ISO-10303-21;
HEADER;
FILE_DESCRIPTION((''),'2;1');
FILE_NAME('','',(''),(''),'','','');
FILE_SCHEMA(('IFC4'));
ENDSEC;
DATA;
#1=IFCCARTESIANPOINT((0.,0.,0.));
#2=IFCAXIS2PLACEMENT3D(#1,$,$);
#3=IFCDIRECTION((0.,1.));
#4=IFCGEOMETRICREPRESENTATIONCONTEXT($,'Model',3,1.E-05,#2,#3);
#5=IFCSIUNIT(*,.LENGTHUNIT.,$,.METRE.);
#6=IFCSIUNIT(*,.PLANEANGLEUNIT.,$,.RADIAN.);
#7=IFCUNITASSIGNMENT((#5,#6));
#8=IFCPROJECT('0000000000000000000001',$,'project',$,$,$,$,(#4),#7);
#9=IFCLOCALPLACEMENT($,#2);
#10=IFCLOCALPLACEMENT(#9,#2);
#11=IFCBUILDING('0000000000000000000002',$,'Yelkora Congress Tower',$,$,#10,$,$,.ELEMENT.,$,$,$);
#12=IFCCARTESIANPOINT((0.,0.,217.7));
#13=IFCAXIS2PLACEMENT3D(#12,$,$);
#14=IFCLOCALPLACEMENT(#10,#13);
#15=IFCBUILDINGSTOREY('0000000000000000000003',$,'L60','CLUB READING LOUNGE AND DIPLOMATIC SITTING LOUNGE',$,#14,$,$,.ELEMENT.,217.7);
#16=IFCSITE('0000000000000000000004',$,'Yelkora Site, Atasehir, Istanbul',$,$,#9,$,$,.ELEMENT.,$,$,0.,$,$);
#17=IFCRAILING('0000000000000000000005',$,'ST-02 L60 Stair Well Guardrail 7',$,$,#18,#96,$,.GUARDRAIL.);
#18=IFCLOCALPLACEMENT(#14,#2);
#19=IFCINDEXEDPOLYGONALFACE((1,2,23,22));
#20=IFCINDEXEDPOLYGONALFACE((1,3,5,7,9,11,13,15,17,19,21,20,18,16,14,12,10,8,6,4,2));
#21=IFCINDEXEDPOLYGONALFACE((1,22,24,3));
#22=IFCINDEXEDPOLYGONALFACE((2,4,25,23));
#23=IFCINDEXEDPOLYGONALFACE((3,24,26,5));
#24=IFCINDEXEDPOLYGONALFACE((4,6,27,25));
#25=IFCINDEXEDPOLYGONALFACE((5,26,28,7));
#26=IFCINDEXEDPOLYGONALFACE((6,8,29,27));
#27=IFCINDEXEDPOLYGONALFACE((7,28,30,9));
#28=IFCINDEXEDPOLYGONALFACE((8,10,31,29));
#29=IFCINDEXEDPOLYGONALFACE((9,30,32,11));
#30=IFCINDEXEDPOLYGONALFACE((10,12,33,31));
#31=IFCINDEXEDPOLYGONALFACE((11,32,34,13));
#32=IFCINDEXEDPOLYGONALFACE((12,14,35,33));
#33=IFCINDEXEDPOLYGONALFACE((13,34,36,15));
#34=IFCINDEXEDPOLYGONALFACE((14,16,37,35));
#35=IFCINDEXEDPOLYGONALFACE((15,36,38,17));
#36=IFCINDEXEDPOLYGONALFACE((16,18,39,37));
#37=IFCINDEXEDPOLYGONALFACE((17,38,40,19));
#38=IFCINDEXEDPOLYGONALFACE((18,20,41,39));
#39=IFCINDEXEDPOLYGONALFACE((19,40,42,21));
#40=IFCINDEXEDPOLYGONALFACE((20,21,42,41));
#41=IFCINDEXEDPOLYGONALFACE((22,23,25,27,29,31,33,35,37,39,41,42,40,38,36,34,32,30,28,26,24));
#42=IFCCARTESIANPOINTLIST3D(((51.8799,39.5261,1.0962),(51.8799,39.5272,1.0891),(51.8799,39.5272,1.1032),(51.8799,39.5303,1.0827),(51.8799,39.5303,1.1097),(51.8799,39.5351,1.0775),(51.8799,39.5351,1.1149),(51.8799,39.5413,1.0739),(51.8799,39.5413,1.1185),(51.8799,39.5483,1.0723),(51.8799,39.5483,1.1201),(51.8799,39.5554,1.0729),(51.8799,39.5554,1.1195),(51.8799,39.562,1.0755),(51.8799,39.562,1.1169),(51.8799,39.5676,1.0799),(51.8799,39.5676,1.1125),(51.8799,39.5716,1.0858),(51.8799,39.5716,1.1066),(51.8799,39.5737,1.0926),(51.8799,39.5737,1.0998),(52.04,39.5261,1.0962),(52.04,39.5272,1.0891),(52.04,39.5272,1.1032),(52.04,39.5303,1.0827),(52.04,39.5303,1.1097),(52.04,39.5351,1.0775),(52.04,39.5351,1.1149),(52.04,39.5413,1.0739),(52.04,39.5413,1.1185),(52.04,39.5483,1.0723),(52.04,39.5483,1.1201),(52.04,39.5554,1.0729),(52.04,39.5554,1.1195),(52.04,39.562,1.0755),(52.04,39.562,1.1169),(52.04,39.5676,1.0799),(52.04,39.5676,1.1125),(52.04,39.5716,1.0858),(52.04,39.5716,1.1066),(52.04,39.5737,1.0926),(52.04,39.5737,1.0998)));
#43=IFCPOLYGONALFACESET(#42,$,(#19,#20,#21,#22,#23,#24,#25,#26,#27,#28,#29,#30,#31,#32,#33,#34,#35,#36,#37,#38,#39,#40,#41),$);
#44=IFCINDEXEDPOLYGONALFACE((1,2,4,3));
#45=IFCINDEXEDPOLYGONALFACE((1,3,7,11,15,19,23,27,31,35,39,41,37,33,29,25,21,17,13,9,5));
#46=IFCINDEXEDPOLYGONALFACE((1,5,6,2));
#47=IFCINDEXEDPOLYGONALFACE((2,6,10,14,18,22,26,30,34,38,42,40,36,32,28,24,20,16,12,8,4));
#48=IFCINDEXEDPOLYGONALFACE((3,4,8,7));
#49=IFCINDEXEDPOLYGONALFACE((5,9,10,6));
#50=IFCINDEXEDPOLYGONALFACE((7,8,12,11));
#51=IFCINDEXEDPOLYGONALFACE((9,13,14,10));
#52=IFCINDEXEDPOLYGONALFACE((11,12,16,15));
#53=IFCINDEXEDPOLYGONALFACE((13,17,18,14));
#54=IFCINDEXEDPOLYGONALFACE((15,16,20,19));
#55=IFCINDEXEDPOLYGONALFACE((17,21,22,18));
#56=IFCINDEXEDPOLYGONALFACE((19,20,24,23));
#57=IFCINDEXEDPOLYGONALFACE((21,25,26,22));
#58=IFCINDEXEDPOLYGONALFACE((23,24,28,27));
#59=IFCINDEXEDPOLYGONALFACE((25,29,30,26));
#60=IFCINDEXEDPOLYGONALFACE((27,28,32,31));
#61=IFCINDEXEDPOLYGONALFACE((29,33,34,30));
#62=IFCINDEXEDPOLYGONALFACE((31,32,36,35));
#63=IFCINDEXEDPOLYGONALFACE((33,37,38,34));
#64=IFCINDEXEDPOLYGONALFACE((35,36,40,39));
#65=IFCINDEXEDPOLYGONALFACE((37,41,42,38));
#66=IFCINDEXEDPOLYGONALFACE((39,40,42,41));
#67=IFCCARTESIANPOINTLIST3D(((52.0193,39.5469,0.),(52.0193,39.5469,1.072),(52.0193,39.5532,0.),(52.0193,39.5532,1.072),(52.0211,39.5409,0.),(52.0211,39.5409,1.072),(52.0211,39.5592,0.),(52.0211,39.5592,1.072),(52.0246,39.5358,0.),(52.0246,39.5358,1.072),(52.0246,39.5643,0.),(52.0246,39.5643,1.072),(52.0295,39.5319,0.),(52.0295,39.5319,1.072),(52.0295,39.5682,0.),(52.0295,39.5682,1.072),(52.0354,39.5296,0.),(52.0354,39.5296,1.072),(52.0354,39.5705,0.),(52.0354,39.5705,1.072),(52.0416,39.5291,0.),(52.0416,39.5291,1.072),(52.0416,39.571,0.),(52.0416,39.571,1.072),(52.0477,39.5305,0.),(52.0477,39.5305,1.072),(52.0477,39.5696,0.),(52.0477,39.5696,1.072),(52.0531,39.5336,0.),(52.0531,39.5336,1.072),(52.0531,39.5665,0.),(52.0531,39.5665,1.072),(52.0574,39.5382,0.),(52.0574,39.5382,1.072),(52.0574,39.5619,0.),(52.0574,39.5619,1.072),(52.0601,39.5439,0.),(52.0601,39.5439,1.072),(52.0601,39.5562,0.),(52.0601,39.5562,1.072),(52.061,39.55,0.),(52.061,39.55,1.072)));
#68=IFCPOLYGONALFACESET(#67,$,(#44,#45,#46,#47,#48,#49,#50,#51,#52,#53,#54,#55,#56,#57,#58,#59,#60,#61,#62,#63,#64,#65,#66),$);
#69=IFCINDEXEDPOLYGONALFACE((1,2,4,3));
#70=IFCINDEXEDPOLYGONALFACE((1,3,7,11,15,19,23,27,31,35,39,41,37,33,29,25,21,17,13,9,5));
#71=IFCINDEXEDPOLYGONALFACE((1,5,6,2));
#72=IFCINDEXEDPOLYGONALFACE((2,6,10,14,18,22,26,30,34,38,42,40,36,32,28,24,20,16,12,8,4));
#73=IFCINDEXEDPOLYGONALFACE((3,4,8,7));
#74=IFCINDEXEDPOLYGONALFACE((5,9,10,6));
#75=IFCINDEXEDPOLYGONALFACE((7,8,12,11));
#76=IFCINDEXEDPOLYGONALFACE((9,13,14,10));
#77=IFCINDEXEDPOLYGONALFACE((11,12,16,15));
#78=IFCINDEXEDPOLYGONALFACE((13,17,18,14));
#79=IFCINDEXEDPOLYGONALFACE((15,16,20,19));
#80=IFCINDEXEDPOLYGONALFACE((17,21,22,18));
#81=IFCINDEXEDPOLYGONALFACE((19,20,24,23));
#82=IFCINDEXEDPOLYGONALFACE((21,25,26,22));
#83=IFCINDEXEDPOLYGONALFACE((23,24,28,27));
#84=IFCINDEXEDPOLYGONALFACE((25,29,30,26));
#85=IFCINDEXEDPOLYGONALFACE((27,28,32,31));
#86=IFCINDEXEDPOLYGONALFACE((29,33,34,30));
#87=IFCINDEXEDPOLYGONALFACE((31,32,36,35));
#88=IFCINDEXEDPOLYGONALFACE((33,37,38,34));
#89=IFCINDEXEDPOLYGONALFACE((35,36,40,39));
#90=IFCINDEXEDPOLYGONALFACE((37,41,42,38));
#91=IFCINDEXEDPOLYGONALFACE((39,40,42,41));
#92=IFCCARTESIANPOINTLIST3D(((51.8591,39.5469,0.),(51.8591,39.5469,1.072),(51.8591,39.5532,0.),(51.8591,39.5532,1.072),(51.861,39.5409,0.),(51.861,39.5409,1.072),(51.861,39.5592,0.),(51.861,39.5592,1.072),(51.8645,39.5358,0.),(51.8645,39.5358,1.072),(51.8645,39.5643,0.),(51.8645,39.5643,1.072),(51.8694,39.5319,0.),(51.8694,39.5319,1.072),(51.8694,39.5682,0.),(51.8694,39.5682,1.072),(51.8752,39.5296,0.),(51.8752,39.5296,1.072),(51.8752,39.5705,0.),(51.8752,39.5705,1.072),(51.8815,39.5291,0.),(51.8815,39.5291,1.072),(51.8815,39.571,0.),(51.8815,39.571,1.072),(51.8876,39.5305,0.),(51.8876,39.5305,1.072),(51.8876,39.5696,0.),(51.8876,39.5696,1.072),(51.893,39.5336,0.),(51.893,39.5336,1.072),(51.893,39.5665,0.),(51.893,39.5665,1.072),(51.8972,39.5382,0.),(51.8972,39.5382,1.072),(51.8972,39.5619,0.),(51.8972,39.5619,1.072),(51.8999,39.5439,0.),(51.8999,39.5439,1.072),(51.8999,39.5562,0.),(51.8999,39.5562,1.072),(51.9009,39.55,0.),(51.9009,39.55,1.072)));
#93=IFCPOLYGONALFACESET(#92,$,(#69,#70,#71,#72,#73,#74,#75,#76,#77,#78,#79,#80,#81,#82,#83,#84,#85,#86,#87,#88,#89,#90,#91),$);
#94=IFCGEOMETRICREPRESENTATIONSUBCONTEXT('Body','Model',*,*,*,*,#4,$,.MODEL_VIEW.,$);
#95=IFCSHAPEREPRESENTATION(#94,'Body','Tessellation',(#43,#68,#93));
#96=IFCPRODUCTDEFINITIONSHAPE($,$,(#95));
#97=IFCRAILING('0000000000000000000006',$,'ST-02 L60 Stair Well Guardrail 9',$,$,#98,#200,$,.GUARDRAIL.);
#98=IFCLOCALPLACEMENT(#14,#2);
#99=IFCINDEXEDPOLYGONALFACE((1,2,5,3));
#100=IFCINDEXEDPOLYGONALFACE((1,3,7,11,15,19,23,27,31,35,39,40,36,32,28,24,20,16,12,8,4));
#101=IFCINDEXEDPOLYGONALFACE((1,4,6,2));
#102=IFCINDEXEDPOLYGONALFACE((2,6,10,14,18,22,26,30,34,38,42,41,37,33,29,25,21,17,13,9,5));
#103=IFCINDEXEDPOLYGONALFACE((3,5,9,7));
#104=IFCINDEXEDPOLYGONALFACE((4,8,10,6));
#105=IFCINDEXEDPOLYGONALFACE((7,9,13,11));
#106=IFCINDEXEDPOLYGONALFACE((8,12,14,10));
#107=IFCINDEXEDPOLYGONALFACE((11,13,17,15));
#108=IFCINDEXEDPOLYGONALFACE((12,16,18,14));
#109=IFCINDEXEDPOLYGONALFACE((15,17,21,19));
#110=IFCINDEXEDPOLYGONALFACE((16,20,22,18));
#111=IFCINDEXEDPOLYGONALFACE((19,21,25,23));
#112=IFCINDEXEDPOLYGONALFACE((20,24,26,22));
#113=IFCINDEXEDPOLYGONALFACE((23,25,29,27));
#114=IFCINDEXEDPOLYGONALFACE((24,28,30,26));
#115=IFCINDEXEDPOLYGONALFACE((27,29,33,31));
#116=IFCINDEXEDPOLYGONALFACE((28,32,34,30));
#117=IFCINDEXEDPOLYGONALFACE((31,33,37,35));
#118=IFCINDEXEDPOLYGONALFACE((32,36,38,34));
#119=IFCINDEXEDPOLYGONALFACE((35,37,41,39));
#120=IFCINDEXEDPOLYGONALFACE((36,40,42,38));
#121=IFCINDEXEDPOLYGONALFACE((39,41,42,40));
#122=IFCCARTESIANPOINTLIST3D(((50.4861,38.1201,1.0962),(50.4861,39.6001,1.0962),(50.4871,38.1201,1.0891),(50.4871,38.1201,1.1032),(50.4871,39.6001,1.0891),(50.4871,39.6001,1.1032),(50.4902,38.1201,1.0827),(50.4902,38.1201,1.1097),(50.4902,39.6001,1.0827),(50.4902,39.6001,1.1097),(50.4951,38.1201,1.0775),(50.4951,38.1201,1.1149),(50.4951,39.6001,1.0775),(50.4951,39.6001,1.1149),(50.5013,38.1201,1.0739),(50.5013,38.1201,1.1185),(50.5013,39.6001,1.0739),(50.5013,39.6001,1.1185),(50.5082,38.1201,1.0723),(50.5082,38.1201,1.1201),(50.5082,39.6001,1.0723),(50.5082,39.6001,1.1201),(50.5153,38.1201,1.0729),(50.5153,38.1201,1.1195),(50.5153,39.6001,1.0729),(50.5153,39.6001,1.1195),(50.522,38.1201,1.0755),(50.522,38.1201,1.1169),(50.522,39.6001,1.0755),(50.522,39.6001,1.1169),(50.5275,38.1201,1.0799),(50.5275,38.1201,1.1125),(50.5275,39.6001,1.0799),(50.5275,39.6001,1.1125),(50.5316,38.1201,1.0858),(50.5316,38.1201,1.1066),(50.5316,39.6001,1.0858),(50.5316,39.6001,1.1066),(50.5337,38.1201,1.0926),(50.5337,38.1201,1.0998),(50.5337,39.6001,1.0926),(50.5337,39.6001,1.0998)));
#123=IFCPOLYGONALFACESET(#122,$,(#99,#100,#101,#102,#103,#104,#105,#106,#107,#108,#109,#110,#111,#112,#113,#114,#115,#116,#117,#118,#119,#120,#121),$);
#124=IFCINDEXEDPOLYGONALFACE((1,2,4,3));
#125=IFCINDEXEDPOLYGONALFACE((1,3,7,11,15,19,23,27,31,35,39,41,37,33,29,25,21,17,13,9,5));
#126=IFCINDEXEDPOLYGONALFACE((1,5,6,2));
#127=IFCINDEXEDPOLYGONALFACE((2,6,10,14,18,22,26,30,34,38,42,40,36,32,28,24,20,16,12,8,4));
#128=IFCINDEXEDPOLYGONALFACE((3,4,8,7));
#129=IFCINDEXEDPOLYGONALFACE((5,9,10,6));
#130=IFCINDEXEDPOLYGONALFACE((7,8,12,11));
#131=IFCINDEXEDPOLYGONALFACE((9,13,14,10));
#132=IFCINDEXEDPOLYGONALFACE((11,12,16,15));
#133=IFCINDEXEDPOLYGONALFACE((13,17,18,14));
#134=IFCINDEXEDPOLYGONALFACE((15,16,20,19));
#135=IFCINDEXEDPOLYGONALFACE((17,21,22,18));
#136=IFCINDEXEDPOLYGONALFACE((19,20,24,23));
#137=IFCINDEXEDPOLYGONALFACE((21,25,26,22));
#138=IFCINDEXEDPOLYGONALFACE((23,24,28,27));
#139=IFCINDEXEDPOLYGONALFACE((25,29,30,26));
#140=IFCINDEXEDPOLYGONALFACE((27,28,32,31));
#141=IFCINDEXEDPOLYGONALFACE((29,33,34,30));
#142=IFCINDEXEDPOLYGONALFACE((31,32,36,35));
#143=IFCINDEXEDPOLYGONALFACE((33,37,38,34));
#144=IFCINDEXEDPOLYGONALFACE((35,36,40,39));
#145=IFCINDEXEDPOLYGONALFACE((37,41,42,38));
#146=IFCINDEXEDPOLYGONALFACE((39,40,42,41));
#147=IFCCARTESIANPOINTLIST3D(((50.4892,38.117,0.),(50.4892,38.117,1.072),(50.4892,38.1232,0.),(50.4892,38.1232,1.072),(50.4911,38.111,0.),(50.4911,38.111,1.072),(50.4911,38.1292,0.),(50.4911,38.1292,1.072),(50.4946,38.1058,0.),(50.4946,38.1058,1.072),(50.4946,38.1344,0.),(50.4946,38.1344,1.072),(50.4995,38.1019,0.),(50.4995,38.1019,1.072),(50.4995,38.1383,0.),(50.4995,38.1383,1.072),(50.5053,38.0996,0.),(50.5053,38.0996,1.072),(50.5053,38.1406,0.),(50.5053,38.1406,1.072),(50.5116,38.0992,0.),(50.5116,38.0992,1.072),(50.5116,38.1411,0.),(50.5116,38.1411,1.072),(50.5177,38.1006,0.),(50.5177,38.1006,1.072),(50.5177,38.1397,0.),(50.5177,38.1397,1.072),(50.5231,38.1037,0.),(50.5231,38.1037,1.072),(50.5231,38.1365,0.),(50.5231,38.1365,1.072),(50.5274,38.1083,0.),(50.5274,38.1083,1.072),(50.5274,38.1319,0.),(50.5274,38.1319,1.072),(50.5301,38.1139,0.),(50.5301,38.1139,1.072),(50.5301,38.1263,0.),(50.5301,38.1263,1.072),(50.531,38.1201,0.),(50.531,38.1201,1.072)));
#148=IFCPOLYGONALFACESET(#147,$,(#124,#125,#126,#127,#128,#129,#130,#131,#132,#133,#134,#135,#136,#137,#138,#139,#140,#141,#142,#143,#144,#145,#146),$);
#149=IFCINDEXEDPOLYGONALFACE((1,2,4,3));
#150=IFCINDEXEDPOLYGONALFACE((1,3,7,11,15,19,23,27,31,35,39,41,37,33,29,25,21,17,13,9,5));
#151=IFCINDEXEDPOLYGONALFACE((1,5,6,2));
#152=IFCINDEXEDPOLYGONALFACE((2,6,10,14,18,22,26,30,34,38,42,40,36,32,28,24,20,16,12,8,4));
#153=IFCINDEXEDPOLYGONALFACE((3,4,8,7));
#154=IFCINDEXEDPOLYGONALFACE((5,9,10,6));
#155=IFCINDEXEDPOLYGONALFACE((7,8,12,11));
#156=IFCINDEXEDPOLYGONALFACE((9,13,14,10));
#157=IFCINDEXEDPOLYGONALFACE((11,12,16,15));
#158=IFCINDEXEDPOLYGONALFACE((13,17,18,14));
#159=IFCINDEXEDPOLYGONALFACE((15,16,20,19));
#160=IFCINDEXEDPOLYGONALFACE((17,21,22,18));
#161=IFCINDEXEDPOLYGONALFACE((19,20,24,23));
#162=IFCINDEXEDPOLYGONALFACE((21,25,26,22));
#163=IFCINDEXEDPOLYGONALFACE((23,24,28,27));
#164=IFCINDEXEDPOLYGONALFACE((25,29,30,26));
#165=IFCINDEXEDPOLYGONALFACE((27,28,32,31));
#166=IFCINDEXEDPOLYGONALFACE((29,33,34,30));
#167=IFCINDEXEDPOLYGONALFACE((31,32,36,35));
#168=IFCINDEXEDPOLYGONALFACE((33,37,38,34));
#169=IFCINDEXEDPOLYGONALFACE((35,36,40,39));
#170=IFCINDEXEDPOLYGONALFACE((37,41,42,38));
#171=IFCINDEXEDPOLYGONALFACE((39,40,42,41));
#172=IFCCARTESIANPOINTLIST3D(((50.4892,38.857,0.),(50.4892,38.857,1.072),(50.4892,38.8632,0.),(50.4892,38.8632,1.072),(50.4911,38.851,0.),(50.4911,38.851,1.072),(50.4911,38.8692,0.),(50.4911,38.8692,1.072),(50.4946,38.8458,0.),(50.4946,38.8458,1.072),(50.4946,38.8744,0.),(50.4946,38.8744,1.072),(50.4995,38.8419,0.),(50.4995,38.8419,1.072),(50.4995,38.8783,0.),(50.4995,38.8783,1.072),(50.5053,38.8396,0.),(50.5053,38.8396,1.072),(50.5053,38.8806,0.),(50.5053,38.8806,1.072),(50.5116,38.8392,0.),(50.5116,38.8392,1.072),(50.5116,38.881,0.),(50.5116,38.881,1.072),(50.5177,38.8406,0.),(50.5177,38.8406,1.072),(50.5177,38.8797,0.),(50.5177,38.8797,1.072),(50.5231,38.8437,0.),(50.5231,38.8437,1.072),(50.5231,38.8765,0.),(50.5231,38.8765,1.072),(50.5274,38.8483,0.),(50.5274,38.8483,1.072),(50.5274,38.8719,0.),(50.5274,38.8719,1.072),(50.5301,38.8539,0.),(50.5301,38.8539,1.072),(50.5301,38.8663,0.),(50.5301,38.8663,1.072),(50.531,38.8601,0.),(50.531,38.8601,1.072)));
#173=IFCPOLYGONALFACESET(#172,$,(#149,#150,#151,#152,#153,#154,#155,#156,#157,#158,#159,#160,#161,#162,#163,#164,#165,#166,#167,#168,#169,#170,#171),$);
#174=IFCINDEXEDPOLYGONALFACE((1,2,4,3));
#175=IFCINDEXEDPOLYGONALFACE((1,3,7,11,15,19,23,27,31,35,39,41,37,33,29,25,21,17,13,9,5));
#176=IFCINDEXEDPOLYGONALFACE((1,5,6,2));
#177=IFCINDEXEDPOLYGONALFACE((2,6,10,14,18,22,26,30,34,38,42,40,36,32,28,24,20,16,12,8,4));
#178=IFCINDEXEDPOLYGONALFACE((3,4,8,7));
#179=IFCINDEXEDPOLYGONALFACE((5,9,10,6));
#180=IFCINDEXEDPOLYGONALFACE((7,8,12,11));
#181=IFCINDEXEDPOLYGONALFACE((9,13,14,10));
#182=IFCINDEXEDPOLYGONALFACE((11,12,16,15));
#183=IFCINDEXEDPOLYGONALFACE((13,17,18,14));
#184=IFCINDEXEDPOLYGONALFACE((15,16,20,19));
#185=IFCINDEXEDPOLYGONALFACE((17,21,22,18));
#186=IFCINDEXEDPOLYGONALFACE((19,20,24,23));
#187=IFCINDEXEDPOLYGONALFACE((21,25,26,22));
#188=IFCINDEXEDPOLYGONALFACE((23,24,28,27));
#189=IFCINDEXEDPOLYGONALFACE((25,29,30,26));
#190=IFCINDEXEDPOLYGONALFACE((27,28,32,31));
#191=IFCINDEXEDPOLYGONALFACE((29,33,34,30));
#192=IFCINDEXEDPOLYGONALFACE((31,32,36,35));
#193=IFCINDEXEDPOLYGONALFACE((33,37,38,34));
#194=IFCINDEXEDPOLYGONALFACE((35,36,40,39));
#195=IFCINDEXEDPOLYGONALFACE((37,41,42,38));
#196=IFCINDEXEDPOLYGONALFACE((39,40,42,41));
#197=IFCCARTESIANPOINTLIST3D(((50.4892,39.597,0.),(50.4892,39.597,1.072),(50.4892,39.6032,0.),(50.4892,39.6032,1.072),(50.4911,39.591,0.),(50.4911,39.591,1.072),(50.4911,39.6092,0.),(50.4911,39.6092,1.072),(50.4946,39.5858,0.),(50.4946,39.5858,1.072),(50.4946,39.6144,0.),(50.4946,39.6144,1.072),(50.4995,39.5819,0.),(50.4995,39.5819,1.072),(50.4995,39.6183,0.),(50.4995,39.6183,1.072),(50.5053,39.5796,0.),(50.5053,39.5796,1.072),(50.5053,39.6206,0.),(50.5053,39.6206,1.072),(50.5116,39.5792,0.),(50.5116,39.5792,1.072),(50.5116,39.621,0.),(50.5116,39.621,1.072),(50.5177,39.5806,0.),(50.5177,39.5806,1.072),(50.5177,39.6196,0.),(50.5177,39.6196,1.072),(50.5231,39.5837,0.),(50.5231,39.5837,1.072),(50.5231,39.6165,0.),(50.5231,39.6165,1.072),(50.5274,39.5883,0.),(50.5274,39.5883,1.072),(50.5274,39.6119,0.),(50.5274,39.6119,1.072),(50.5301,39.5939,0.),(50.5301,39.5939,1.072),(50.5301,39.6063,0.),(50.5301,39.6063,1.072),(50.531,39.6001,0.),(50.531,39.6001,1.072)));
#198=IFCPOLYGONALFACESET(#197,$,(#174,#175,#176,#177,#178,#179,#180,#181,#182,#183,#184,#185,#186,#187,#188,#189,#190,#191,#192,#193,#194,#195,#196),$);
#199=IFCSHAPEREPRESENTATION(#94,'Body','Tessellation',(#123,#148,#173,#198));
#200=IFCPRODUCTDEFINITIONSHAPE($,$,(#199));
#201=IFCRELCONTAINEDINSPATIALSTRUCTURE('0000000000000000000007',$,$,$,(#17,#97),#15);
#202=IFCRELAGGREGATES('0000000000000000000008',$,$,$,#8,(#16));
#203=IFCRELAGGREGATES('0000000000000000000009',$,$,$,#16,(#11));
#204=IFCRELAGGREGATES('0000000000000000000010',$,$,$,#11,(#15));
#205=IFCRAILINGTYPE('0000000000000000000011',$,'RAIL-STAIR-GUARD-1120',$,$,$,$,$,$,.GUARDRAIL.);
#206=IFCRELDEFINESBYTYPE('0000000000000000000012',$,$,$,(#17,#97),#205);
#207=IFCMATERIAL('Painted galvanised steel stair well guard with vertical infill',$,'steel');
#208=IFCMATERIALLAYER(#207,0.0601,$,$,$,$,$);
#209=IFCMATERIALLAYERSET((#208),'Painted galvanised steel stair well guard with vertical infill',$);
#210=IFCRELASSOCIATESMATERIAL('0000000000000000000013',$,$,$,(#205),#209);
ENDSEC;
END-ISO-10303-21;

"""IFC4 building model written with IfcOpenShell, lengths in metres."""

from ifc_helpers import new_model, si_unit, direction, frame, origin, origin_2d, place, context, subcontext, project, spatial, circle, extrude, material, layer, layer_set, type_object, element, save


model = new_model("IFC4")

# Units and contexts
model_context = context("Model", 3, precision=1e-05, world=origin(), true_north=direction((0.0, 1.0)))
body_context = subcontext(model_context, "Body", "Model", "MODEL_VIEW")
ifc_project = project(units=[si_unit("LENGTHUNIT", "METRE"), si_unit("PLANEANGLEUNIT", "RADIAN")], contexts=[model_context])

# Site, building, storey
site_placement = place(None, origin())
site = spatial("IfcSite", under=ifc_project, at=site_placement, Name="Yelkora Site, Atasehir, Istanbul", CompositionType="ELEMENT", RefElevation=0.0)
building_placement = place(site_placement, origin())
building = spatial("IfcBuilding", under=site, at=building_placement, Name="Yelkora Congress Tower", CompositionType="ELEMENT")
storey_placement = place(building_placement, frame((0.0, 0.0, 217.7)))
storey = spatial("IfcBuildingStorey", under=building, at=storey_placement, Name="L60", Description="CLUB READING LOUNGE AND DIPLOMATIC SITTING LOUNGE", CompositionType="ELEMENT", Elevation=217.7)

# Railings
ifc_material_1 = material(Name="Painted galvanised steel stair well guard with vertical infill", Category="steel")
ifc_layer_1 = layer(ifc_material_1, 0.0601)
ifc_layer_set_1 = layer_set([ifc_layer_1], Name="Painted galvanised steel stair well guard with vertical infill")
railing_type_1 = type_object("IfcRailingType", Name="RAIL-STAIR-GUARD-1120", PredefinedType="GUARDRAIL", material=ifc_layer_set_1)
railing_1_placement = place(storey_placement, frame((52.04, 39.55, 0.0)))
element("IfcRailing", 1, at=railing_1_placement, inside=storey, type_object=railing_type_1, Name="ST-02 L60 Stair Well Guardrail 7", PredefinedType="GUARDRAIL", context=body_context, shape_type="SweptSolid", body=[
    extrude(circle(Radius=0.0239, at=origin_2d()), frame((0.0, 0.0, 1.0962), z_axis=(-1.0, 0.0, 0.0), x_axis=(0.0, -1.0, 0.0)), (0.0, 0.0, 1.0), 0.1602),
    extrude(circle(Radius=0.021, at=origin_2d()), origin(), (0.0, 0.0, 1.0), 1.072),
    extrude(circle(Radius=0.021, at=origin_2d()), frame((-0.1602, 0.0, 0.0)), (0.0, 0.0, 1.0), 1.072),
])
railing_2_placement = place(storey_placement, frame((50.51, 38.1201, 0.0)))
element("IfcRailing", 2, at=railing_2_placement, inside=storey, type_object=railing_type_1, Name="ST-02 L60 Stair Well Guardrail 9", PredefinedType="GUARDRAIL", context=body_context, shape_type="SweptSolid", body=[
    extrude(circle(Radius=0.0239, at=origin_2d()), frame((0.0, 0.0, 1.0962), z_axis=(0.0, 1.0, 0.0), x_axis=(-1.0, 0.0, 0.0)), (0.0, 0.0, 1.0), 1.48),
    extrude(circle(Radius=0.021, at=origin_2d()), origin(), (0.0, 0.0, 1.0), 1.072),
    extrude(circle(Radius=0.021, at=origin_2d()), frame((0.0, 0.74, 0.0)), (0.0, 0.0, 1.0), 1.072),
    extrude(circle(Radius=0.021, at=origin_2d()), frame((0.0, 1.48, 0.0)), (0.0, 0.0, 1.0), 1.072),
])

save(model, "model.ifc")
